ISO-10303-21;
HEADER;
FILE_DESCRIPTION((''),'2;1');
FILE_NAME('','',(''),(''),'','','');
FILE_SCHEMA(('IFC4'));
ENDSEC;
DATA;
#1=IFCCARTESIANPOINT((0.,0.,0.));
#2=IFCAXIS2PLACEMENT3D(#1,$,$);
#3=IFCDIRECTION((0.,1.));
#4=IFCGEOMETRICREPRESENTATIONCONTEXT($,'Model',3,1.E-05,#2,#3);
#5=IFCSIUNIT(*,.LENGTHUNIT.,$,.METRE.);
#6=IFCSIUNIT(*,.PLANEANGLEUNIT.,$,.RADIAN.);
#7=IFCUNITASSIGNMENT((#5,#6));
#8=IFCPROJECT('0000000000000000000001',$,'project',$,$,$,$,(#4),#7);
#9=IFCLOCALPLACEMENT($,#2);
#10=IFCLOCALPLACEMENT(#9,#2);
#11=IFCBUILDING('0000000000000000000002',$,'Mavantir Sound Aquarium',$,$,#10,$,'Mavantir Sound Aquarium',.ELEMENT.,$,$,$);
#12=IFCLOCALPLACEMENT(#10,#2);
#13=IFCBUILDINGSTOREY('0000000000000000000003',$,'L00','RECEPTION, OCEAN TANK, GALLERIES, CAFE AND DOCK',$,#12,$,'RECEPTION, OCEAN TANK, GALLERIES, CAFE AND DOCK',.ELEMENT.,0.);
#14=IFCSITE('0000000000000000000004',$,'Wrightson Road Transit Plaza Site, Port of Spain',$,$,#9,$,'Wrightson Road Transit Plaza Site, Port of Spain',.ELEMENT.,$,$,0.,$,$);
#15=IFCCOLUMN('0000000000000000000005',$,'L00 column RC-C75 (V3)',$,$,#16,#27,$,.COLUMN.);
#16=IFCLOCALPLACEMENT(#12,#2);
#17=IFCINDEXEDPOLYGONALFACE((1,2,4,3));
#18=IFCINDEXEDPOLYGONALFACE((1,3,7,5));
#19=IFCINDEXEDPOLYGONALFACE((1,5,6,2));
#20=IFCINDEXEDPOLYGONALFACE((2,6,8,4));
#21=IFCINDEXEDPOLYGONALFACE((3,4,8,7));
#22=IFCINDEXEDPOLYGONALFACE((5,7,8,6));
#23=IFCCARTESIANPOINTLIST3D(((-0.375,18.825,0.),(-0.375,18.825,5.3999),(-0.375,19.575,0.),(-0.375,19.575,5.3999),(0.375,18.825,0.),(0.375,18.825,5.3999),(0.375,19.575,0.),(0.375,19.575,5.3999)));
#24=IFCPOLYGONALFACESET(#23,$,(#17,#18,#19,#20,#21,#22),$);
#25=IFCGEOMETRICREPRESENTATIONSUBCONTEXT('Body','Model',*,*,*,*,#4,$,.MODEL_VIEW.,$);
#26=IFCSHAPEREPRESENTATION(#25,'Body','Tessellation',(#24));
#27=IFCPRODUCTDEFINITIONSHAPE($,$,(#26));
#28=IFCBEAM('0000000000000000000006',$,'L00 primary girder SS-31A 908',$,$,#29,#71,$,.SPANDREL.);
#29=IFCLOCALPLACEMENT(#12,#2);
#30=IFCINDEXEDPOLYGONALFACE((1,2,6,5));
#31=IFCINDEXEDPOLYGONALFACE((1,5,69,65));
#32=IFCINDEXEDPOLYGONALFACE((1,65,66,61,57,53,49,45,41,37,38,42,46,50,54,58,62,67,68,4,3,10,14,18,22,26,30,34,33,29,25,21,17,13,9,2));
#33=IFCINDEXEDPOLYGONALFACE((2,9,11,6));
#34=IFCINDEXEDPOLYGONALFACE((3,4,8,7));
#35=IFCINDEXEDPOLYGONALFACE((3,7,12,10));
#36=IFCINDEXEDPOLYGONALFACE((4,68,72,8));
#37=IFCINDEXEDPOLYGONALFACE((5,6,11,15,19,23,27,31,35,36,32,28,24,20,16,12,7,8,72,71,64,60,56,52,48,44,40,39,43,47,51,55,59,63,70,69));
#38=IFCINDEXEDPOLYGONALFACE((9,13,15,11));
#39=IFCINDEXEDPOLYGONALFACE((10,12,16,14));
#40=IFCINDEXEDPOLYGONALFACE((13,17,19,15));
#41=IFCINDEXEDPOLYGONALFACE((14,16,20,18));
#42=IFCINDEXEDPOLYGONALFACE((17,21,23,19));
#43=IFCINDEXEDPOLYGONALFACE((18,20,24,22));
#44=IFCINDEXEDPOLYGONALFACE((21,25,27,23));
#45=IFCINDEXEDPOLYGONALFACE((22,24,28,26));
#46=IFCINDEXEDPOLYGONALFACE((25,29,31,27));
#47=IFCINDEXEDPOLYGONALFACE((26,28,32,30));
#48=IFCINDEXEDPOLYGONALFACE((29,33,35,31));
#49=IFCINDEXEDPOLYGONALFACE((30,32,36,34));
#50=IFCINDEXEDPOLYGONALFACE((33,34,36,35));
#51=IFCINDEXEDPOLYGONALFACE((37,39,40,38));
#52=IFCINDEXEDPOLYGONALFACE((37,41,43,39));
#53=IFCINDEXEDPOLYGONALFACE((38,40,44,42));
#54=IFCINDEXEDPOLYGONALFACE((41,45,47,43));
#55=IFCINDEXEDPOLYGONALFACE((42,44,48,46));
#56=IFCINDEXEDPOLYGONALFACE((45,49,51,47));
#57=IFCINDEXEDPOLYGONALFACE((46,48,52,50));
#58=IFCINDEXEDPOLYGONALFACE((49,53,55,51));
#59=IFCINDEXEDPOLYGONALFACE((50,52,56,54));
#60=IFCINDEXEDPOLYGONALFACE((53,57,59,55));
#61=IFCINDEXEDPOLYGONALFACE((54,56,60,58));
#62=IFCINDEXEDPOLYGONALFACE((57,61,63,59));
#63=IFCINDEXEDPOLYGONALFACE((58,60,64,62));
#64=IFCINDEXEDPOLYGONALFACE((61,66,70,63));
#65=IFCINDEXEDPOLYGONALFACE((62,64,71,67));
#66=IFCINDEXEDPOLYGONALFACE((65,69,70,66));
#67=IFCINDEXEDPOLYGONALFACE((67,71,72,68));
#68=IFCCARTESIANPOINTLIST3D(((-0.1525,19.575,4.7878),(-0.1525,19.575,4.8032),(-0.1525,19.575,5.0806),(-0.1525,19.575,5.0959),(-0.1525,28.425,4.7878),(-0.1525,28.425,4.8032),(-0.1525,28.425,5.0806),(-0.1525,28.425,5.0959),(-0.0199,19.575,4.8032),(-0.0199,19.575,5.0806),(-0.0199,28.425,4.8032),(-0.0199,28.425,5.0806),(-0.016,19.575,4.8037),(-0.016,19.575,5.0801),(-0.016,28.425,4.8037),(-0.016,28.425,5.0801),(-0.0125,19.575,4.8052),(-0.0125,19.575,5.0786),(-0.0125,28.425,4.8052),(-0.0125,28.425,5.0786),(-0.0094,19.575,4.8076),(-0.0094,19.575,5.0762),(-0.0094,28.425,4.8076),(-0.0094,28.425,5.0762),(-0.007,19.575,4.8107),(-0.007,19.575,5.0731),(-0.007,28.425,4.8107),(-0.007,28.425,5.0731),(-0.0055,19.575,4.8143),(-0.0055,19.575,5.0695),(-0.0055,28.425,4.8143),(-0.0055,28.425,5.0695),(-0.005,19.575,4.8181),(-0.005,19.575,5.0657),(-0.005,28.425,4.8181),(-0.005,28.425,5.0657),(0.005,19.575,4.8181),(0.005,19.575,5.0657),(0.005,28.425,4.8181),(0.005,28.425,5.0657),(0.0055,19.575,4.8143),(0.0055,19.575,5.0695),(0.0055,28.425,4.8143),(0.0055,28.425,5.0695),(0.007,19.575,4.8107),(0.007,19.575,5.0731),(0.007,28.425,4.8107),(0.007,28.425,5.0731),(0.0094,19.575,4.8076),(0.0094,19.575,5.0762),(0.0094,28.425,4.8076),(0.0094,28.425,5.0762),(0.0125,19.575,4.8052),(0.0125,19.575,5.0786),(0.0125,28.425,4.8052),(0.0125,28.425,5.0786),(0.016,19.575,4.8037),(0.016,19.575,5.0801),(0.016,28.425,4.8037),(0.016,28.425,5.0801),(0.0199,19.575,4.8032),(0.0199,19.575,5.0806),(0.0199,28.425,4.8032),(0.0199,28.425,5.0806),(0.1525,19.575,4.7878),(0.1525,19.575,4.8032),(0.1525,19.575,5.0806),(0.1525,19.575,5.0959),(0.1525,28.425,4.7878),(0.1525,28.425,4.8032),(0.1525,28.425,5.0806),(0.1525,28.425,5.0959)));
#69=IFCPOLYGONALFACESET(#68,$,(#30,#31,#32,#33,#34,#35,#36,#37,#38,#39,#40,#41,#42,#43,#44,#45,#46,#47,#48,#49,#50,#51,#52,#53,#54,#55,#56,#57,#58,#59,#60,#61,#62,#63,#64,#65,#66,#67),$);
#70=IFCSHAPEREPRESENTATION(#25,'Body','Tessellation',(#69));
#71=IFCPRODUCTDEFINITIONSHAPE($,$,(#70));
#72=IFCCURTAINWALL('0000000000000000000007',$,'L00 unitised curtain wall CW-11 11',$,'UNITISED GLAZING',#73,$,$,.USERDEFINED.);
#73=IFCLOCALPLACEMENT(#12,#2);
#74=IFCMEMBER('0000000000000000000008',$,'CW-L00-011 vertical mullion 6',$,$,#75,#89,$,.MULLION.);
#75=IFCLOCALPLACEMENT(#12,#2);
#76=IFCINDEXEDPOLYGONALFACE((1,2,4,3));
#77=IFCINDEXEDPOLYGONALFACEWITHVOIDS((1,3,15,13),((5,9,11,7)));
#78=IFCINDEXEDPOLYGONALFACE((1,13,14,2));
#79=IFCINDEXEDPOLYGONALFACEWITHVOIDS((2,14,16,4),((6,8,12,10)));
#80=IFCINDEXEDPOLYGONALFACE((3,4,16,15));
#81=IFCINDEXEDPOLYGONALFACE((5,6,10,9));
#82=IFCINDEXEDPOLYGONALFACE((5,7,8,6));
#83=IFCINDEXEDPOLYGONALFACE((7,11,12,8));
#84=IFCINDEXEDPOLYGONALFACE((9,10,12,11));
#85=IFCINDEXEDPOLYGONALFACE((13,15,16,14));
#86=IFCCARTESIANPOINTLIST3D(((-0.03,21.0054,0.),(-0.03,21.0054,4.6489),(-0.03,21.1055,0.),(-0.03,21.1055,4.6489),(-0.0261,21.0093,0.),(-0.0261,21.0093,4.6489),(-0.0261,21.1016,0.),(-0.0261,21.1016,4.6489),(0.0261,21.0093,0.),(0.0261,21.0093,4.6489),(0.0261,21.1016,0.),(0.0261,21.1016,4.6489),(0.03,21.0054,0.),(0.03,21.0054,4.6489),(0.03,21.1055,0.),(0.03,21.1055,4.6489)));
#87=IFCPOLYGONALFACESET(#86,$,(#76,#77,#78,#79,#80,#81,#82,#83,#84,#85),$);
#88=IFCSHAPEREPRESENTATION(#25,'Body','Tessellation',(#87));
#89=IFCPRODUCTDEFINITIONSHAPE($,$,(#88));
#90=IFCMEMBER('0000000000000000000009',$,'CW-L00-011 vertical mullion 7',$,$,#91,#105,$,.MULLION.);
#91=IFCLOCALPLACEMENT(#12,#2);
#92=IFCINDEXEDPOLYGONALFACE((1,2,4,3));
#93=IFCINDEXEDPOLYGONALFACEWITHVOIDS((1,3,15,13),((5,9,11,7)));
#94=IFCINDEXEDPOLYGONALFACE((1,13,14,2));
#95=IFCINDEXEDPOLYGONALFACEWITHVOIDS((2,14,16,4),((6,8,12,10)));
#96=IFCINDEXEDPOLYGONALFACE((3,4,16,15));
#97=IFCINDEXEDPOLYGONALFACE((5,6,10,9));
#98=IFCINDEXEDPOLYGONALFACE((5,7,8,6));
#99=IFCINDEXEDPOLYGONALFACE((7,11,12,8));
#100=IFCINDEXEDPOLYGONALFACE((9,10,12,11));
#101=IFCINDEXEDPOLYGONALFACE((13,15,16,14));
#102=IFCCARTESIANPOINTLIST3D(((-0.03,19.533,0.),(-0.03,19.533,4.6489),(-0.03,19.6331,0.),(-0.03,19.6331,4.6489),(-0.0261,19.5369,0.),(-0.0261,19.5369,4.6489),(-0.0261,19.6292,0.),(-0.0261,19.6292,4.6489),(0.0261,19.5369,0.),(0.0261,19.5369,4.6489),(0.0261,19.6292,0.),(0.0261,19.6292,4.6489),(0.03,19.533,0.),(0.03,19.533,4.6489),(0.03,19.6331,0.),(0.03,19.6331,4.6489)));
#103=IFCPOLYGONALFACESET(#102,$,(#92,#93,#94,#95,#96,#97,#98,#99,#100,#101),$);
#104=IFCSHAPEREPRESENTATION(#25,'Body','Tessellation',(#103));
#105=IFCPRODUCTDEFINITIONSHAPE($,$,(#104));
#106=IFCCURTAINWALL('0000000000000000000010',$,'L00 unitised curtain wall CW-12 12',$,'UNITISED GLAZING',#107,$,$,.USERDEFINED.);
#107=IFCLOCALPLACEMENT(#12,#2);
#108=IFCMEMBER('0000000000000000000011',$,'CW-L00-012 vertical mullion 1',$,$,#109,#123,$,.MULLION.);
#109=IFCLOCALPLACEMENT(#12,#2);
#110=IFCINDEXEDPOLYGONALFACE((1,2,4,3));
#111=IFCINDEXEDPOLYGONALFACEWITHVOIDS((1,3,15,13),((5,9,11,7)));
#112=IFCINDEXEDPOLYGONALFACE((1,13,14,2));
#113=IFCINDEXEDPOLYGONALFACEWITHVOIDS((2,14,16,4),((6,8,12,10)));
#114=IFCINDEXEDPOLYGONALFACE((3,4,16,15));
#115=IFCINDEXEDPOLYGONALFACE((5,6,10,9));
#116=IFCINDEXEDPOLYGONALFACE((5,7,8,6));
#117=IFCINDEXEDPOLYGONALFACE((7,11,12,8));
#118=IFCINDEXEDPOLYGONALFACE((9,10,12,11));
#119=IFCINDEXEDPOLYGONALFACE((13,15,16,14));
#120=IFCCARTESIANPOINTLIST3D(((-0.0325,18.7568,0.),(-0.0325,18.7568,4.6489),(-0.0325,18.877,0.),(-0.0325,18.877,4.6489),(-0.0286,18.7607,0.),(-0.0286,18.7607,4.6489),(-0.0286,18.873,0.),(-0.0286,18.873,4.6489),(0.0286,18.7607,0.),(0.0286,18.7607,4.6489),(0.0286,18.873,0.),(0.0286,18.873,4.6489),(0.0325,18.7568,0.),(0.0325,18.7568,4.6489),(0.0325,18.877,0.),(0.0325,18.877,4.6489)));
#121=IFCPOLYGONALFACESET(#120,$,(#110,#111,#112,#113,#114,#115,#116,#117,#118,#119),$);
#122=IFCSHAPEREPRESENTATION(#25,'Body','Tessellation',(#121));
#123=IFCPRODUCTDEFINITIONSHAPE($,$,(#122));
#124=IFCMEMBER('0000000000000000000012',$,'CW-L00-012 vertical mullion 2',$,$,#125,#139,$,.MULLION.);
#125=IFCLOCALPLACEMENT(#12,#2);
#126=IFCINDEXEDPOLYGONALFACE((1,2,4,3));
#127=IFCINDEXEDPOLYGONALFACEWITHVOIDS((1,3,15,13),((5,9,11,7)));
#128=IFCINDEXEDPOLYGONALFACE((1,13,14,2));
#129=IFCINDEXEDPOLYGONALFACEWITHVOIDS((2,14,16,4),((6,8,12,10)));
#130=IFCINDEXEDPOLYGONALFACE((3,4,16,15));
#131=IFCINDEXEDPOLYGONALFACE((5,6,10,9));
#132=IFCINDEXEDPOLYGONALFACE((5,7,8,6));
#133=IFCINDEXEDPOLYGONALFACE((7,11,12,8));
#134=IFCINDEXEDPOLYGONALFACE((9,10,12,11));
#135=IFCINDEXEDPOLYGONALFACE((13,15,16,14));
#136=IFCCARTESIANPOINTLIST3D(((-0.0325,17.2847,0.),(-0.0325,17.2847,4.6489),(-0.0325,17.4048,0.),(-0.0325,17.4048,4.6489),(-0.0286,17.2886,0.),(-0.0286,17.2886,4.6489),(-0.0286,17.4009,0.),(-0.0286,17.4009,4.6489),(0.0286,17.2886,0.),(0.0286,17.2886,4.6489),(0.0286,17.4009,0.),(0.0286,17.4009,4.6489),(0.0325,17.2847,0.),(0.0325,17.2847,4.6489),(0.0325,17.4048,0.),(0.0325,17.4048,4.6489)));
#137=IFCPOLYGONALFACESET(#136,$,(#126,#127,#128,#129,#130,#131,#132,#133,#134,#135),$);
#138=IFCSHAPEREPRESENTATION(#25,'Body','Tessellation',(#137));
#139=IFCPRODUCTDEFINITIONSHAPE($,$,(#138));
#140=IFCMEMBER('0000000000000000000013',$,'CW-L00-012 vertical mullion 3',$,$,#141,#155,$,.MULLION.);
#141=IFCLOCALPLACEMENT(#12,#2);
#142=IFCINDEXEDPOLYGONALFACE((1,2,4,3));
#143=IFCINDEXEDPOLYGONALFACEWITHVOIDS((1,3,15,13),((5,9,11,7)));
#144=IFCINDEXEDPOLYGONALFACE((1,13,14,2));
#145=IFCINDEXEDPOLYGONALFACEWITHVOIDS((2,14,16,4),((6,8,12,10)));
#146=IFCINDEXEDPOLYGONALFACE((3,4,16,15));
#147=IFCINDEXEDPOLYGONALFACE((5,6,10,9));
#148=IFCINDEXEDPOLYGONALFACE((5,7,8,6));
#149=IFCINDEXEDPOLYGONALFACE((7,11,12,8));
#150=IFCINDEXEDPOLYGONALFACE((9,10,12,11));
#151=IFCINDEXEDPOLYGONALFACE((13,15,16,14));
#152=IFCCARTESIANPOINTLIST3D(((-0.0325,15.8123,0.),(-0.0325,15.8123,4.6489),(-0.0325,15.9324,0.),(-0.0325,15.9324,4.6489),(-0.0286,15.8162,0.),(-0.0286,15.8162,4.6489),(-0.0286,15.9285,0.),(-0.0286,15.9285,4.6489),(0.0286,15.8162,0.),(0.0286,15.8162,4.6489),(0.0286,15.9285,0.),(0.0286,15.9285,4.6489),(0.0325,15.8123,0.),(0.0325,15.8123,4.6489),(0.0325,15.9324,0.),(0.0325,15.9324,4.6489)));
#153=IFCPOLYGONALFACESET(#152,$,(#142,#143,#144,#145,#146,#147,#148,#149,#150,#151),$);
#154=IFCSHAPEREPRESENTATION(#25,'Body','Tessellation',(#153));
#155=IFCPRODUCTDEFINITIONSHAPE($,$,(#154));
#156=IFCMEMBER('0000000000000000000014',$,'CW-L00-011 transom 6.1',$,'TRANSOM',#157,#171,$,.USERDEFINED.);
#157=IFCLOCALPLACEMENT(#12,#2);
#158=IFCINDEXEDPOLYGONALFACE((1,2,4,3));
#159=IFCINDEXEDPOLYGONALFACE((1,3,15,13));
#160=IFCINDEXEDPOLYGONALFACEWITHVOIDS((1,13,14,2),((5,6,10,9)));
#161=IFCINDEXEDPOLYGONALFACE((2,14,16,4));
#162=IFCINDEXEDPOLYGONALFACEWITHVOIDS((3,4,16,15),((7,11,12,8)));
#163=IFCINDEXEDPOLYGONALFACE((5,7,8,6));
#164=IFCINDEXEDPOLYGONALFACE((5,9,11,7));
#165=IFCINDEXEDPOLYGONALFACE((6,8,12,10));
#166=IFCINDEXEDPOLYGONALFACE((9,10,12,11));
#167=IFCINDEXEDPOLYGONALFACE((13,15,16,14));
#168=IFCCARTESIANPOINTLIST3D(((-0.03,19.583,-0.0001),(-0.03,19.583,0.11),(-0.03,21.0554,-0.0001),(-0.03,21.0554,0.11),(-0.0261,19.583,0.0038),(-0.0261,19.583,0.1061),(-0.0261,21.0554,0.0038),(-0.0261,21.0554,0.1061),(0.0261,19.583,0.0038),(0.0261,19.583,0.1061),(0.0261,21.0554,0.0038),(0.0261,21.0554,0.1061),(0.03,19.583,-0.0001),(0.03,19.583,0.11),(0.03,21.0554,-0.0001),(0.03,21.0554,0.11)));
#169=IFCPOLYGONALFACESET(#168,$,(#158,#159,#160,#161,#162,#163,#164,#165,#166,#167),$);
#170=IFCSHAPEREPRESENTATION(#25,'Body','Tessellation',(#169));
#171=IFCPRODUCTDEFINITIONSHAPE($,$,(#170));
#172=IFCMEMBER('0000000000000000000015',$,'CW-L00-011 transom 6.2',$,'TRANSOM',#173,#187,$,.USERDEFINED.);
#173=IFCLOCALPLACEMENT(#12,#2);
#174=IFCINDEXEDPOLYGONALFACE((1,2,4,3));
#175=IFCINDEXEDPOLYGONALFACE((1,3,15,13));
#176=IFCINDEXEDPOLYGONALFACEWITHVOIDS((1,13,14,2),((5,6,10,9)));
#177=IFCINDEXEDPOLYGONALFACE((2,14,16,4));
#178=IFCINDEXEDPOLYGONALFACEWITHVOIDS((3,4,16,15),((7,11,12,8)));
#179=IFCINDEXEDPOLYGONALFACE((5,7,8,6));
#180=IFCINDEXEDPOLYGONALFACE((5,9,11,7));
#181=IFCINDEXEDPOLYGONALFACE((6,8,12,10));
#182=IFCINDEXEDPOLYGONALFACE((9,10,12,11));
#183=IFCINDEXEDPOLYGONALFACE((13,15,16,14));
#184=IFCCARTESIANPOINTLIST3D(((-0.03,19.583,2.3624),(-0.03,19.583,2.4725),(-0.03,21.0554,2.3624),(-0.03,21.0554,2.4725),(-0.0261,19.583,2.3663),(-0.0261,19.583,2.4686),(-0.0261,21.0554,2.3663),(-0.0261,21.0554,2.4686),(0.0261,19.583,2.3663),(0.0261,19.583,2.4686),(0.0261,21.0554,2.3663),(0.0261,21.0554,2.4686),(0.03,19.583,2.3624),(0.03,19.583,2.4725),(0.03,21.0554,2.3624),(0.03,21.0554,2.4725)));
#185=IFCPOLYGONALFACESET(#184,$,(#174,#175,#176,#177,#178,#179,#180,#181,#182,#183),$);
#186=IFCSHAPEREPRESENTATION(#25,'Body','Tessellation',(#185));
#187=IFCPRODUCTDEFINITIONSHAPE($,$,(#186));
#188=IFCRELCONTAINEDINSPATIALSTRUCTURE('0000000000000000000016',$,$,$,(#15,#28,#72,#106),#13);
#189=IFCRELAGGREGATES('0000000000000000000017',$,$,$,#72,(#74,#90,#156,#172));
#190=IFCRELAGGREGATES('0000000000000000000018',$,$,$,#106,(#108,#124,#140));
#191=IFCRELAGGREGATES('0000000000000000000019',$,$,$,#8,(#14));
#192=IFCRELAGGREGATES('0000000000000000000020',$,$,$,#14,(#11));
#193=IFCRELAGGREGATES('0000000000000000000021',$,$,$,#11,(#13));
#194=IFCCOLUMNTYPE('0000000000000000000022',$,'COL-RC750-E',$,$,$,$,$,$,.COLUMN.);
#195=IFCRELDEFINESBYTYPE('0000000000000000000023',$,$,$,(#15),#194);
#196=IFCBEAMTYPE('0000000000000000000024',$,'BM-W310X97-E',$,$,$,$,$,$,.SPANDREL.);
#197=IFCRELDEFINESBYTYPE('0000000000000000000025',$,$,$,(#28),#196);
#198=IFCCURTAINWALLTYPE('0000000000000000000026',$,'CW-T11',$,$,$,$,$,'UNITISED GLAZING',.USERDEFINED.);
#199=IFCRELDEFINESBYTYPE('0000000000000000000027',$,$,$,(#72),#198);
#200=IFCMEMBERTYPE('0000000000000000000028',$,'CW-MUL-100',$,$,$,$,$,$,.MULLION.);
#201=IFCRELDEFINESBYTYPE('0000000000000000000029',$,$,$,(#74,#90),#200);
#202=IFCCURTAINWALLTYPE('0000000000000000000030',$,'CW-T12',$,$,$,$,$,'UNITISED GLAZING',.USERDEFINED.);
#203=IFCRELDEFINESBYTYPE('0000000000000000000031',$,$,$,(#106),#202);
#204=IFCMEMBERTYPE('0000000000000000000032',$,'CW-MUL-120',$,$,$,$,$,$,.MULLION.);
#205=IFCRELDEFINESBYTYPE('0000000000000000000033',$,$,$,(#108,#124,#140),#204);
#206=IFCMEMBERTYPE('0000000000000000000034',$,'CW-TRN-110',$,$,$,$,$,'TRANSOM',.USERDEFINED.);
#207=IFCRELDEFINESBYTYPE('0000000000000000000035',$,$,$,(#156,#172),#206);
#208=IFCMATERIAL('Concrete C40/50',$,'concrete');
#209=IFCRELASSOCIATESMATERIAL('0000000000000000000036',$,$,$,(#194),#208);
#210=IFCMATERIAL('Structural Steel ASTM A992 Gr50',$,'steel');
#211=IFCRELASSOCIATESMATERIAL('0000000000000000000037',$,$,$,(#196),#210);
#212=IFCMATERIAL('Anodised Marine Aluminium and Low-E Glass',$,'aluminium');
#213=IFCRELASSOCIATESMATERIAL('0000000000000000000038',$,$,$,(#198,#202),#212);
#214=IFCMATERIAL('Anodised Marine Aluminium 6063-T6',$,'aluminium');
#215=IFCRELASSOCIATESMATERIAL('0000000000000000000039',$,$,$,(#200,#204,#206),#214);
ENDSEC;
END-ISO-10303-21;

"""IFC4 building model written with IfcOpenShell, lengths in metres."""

from ifc_helpers import new_model, si_unit, direction, frame, origin, origin_2d, place, context, subcontext, project, spatial, rectangle, hollow_rectangle, i_section, extrude, material, material_profile, profile_set, type_object, element, aggregate, save


model = new_model("IFC4")

# Units and contexts
model_context = context("Model", 3, precision=1e-05, world=origin(), true_north=direction((0.0, 1.0)))
body_context = subcontext(model_context, "Body", "Model", "MODEL_VIEW")
ifc_project = project(units=[si_unit("LENGTHUNIT", "METRE"), si_unit("PLANEANGLEUNIT", "RADIAN")], contexts=[model_context])

# Site, building, storey
site_placement = place(None, origin())
site = spatial("IfcSite", under=ifc_project, at=site_placement, Name="Wrightson Road Transit Plaza Site, Port of Spain", LongName="Wrightson Road Transit Plaza Site, Port of Spain", CompositionType="ELEMENT", RefElevation=0.0)
building_placement = place(site_placement, origin())
building = spatial("IfcBuilding", under=site, at=building_placement, Name="Mavantir Sound Aquarium", LongName="Mavantir Sound Aquarium", CompositionType="ELEMENT")
storey_placement = place(building_placement, origin())
storey = spatial("IfcBuildingStorey", under=building, at=storey_placement, Name="L00", Description="RECEPTION, OCEAN TANK, GALLERIES, CAFE AND DOCK", LongName="RECEPTION, OCEAN TANK, GALLERIES, CAFE AND DOCK", CompositionType="ELEMENT", Elevation=0.0)

# Column
ifc_material_1 = material(Name="Concrete C40/50", Category="concrete")
ifc_material_profile_1 = material_profile(ifc_material_1, rectangle(XDim=0.75, YDim=0.75, at=origin_2d()), Name="RC 750X750")
ifc_profile_set_1 = profile_set([ifc_material_profile_1], Name="Concrete C40/50")
column_type = type_object("IfcColumnType", Name="COL-RC750-E", PredefinedType="COLUMN", material=ifc_profile_set_1)
column_placement = place(storey_placement, frame((0.0, 19.2, 0.0), z_axis=(0.0, 0.0, 1.0), x_axis=(1.0, 0.0, 0.0)))
element("IfcColumn", 1, at=column_placement, inside=storey, type_object=column_type, Name="L00 column RC-C75 (V3)", PredefinedType="COLUMN", context=body_context, shape_type="SweptSolid", body=[
    extrude(rectangle(XDim=0.75, YDim=0.75, at=origin_2d()), origin(), (0.0, 0.0, 1.0), 5.3999),
])

# Beam
ifc_material_2 = material(Name="Structural Steel ASTM A992 Gr50", Category="steel")
ifc_material_profile_2 = material_profile(ifc_material_2, i_section(OverallWidth=0.3049, OverallDepth=0.3081, WebThickness=0.01, FlangeThickness=0.0154, FilletRadius=0.0149, at=origin_2d()), Name="W310X97")
ifc_profile_set_2 = profile_set([ifc_material_profile_2], Name="Structural Steel ASTM A992 Gr50")
beam_type = type_object("IfcBeamType", Name="BM-W310X97-E", PredefinedType="SPANDREL", material=ifc_profile_set_2)
beam_placement = place(storey_placement, frame((0.0, 19.575, 4.9419), z_axis=(0.0, 1.0, 0.0), x_axis=(-1.0, 0.0, 0.0)))
element("IfcBeam", 2, at=beam_placement, inside=storey, type_object=beam_type, Name="L00 primary girder SS-31A 908", PredefinedType="SPANDREL", context=body_context, shape_type="SweptSolid", body=[
    extrude(i_section(OverallWidth=0.3049, OverallDepth=0.3081, WebThickness=0.01, FlangeThickness=0.0154, FilletRadius=0.0149, at=origin_2d()), origin(), (0.0, 0.0, 1.0), 8.8501),
])

# Curtain walls, members
ifc_material_3 = material(Name="Anodised Marine Aluminium and Low-E Glass", Category="aluminium")
curtain_wall_type_1 = type_object("IfcCurtainWallType", Name="CW-T11", ElementType="UNITISED GLAZING", PredefinedType="USERDEFINED", material=ifc_material_3)
curtain_wall_1_placement = place(storey_placement, origin())
curtain_wall_1 = element("IfcCurtainWall", 3, at=curtain_wall_1_placement, inside=storey, type_object=curtain_wall_type_1, Name="L00 unitised curtain wall CW-11 11", ObjectType="UNITISED GLAZING", PredefinedType="USERDEFINED")
ifc_material_4 = material(Name="Anodised Marine Aluminium 6063-T6", Category="aluminium")
ifc_material_profile_3 = material_profile(ifc_material_4, hollow_rectangle(XDim=0.0601, YDim=0.1001, WallThickness=0.0039, at=origin_2d()), Name="ALU-MULLION-100X60")
ifc_profile_set_3 = profile_set([ifc_material_profile_3], Name="Anodised Marine Aluminium 6063-T6")
member_type_1 = type_object("IfcMemberType", Name="CW-MUL-100", PredefinedType="MULLION", material=ifc_profile_set_3)
member_1_placement = place(storey_placement, frame((0.0, 21.0554, 0.0), z_axis=(0.0, 0.0, 1.0), x_axis=(1.0, 0.0, 0.0)))
member_1 = element("IfcMember", 4, at=member_1_placement, type_object=member_type_1, Name="CW-L00-011 vertical mullion 6", PredefinedType="MULLION", context=body_context, shape_type="SweptSolid", body=[
    extrude(hollow_rectangle(XDim=0.0601, YDim=0.1001, WallThickness=0.0039, at=origin_2d()), origin(), (0.0, 0.0, 1.0), 4.6489),
])
member_2_placement = place(storey_placement, frame((0.0, 19.583, 0.0), z_axis=(0.0, 0.0, 1.0), x_axis=(1.0, 0.0, 0.0)))
member_2 = element("IfcMember", 5, at=member_2_placement, type_object=member_type_1, Name="CW-L00-011 vertical mullion 7", PredefinedType="MULLION", context=body_context, shape_type="SweptSolid", body=[
    extrude(hollow_rectangle(XDim=0.0601, YDim=0.1001, WallThickness=0.0039, at=origin_2d()), origin(), (0.0, 0.0, 1.0), 4.6489),
])
curtain_wall_type_2 = type_object("IfcCurtainWallType", Name="CW-T12", ElementType="UNITISED GLAZING", PredefinedType="USERDEFINED", material=ifc_material_3)
curtain_wall_2_placement = place(storey_placement, origin())
curtain_wall_2 = element("IfcCurtainWall", 6, at=curtain_wall_2_placement, inside=storey, type_object=curtain_wall_type_2, Name="L00 unitised curtain wall CW-12 12", ObjectType="UNITISED GLAZING", PredefinedType="USERDEFINED")
ifc_material_profile_4 = material_profile(ifc_material_4, hollow_rectangle(XDim=0.0649, YDim=0.1201, WallThickness=0.0039, at=origin_2d()), Name="ALU-MULLION-120X65")
ifc_profile_set_4 = profile_set([ifc_material_profile_4], Name="Anodised Marine Aluminium 6063-T6")
member_type_2 = type_object("IfcMemberType", Name="CW-MUL-120", PredefinedType="MULLION", material=ifc_profile_set_4)
member_3_placement = place(storey_placement, frame((0.0, 18.8169, 0.0), z_axis=(0.0, 0.0, 1.0), x_axis=(1.0, 0.0, 0.0)))
member_3 = element("IfcMember", 7, at=member_3_placement, type_object=member_type_2, Name="CW-L00-012 vertical mullion 1", PredefinedType="MULLION", context=body_context, shape_type="SweptSolid", body=[
    extrude(hollow_rectangle(XDim=0.0649, YDim=0.1201, WallThickness=0.0039, at=origin_2d()), origin(), (0.0, 0.0, 1.0), 4.6489),
])
member_4_placement = place(storey_placement, frame((0.0, 17.3447, 0.0), z_axis=(0.0, 0.0, 1.0), x_axis=(1.0, 0.0, 0.0)))
member_4 = element("IfcMember", 8, at=member_4_placement, type_object=member_type_2, Name="CW-L00-012 vertical mullion 2", PredefinedType="MULLION", context=body_context, shape_type="SweptSolid", body=[
    extrude(hollow_rectangle(XDim=0.0649, YDim=0.1201, WallThickness=0.0039, at=origin_2d()), origin(), (0.0, 0.0, 1.0), 4.6489),
])
member_5_placement = place(storey_placement, frame((0.0, 15.8723, 0.0), z_axis=(0.0, 0.0, 1.0), x_axis=(1.0, 0.0, 0.0)))
member_5 = element("IfcMember", 9, at=member_5_placement, type_object=member_type_2, Name="CW-L00-012 vertical mullion 3", PredefinedType="MULLION", context=body_context, shape_type="SweptSolid", body=[
    extrude(hollow_rectangle(XDim=0.0649, YDim=0.1201, WallThickness=0.0039, at=origin_2d()), origin(), (0.0, 0.0, 1.0), 4.6489),
])

# Members
ifc_material_profile_5 = material_profile(ifc_material_4, hollow_rectangle(XDim=0.0601, YDim=0.1101, WallThickness=0.0039, at=origin_2d()), Name="ALU-TRANSOM-110X60")
ifc_profile_set_5 = profile_set([ifc_material_profile_5], Name="Anodised Marine Aluminium 6063-T6")
member_type_3 = type_object("IfcMemberType", Name="CW-TRN-110", ElementType="TRANSOM", PredefinedType="USERDEFINED", material=ifc_profile_set_5)
member_6_placement = place(storey_placement, frame((0.0, 21.0554, 0.0549), z_axis=(0.0, -1.0, 0.0), x_axis=(1.0, 0.0, 0.0)))
member_6 = element("IfcMember", 10, at=member_6_placement, type_object=member_type_3, Name="CW-L00-011 transom 6.1", ObjectType="TRANSOM", PredefinedType="USERDEFINED", context=body_context, shape_type="SweptSolid", body=[
    extrude(hollow_rectangle(XDim=0.0601, YDim=0.1101, WallThickness=0.0039, at=origin_2d()), origin(), (0.0, 0.0, 1.0), 1.4724),
])
member_7_placement = place(storey_placement, frame((0.0, 21.0554, 2.4175), z_axis=(0.0, -1.0, 0.0), x_axis=(1.0, 0.0, 0.0)))
member_7 = element("IfcMember", 11, at=member_7_placement, type_object=member_type_3, Name="CW-L00-011 transom 6.2", ObjectType="TRANSOM", PredefinedType="USERDEFINED", context=body_context, shape_type="SweptSolid", body=[
    extrude(hollow_rectangle(XDim=0.0601, YDim=0.1101, WallThickness=0.0039, at=origin_2d()), origin(), (0.0, 0.0, 1.0), 1.4724),
])

aggregate(curtain_wall_1, [member_1, member_2, member_6, member_7])
aggregate(curtain_wall_2, [member_3, member_4, member_5])

save(model, "model.ifc")
